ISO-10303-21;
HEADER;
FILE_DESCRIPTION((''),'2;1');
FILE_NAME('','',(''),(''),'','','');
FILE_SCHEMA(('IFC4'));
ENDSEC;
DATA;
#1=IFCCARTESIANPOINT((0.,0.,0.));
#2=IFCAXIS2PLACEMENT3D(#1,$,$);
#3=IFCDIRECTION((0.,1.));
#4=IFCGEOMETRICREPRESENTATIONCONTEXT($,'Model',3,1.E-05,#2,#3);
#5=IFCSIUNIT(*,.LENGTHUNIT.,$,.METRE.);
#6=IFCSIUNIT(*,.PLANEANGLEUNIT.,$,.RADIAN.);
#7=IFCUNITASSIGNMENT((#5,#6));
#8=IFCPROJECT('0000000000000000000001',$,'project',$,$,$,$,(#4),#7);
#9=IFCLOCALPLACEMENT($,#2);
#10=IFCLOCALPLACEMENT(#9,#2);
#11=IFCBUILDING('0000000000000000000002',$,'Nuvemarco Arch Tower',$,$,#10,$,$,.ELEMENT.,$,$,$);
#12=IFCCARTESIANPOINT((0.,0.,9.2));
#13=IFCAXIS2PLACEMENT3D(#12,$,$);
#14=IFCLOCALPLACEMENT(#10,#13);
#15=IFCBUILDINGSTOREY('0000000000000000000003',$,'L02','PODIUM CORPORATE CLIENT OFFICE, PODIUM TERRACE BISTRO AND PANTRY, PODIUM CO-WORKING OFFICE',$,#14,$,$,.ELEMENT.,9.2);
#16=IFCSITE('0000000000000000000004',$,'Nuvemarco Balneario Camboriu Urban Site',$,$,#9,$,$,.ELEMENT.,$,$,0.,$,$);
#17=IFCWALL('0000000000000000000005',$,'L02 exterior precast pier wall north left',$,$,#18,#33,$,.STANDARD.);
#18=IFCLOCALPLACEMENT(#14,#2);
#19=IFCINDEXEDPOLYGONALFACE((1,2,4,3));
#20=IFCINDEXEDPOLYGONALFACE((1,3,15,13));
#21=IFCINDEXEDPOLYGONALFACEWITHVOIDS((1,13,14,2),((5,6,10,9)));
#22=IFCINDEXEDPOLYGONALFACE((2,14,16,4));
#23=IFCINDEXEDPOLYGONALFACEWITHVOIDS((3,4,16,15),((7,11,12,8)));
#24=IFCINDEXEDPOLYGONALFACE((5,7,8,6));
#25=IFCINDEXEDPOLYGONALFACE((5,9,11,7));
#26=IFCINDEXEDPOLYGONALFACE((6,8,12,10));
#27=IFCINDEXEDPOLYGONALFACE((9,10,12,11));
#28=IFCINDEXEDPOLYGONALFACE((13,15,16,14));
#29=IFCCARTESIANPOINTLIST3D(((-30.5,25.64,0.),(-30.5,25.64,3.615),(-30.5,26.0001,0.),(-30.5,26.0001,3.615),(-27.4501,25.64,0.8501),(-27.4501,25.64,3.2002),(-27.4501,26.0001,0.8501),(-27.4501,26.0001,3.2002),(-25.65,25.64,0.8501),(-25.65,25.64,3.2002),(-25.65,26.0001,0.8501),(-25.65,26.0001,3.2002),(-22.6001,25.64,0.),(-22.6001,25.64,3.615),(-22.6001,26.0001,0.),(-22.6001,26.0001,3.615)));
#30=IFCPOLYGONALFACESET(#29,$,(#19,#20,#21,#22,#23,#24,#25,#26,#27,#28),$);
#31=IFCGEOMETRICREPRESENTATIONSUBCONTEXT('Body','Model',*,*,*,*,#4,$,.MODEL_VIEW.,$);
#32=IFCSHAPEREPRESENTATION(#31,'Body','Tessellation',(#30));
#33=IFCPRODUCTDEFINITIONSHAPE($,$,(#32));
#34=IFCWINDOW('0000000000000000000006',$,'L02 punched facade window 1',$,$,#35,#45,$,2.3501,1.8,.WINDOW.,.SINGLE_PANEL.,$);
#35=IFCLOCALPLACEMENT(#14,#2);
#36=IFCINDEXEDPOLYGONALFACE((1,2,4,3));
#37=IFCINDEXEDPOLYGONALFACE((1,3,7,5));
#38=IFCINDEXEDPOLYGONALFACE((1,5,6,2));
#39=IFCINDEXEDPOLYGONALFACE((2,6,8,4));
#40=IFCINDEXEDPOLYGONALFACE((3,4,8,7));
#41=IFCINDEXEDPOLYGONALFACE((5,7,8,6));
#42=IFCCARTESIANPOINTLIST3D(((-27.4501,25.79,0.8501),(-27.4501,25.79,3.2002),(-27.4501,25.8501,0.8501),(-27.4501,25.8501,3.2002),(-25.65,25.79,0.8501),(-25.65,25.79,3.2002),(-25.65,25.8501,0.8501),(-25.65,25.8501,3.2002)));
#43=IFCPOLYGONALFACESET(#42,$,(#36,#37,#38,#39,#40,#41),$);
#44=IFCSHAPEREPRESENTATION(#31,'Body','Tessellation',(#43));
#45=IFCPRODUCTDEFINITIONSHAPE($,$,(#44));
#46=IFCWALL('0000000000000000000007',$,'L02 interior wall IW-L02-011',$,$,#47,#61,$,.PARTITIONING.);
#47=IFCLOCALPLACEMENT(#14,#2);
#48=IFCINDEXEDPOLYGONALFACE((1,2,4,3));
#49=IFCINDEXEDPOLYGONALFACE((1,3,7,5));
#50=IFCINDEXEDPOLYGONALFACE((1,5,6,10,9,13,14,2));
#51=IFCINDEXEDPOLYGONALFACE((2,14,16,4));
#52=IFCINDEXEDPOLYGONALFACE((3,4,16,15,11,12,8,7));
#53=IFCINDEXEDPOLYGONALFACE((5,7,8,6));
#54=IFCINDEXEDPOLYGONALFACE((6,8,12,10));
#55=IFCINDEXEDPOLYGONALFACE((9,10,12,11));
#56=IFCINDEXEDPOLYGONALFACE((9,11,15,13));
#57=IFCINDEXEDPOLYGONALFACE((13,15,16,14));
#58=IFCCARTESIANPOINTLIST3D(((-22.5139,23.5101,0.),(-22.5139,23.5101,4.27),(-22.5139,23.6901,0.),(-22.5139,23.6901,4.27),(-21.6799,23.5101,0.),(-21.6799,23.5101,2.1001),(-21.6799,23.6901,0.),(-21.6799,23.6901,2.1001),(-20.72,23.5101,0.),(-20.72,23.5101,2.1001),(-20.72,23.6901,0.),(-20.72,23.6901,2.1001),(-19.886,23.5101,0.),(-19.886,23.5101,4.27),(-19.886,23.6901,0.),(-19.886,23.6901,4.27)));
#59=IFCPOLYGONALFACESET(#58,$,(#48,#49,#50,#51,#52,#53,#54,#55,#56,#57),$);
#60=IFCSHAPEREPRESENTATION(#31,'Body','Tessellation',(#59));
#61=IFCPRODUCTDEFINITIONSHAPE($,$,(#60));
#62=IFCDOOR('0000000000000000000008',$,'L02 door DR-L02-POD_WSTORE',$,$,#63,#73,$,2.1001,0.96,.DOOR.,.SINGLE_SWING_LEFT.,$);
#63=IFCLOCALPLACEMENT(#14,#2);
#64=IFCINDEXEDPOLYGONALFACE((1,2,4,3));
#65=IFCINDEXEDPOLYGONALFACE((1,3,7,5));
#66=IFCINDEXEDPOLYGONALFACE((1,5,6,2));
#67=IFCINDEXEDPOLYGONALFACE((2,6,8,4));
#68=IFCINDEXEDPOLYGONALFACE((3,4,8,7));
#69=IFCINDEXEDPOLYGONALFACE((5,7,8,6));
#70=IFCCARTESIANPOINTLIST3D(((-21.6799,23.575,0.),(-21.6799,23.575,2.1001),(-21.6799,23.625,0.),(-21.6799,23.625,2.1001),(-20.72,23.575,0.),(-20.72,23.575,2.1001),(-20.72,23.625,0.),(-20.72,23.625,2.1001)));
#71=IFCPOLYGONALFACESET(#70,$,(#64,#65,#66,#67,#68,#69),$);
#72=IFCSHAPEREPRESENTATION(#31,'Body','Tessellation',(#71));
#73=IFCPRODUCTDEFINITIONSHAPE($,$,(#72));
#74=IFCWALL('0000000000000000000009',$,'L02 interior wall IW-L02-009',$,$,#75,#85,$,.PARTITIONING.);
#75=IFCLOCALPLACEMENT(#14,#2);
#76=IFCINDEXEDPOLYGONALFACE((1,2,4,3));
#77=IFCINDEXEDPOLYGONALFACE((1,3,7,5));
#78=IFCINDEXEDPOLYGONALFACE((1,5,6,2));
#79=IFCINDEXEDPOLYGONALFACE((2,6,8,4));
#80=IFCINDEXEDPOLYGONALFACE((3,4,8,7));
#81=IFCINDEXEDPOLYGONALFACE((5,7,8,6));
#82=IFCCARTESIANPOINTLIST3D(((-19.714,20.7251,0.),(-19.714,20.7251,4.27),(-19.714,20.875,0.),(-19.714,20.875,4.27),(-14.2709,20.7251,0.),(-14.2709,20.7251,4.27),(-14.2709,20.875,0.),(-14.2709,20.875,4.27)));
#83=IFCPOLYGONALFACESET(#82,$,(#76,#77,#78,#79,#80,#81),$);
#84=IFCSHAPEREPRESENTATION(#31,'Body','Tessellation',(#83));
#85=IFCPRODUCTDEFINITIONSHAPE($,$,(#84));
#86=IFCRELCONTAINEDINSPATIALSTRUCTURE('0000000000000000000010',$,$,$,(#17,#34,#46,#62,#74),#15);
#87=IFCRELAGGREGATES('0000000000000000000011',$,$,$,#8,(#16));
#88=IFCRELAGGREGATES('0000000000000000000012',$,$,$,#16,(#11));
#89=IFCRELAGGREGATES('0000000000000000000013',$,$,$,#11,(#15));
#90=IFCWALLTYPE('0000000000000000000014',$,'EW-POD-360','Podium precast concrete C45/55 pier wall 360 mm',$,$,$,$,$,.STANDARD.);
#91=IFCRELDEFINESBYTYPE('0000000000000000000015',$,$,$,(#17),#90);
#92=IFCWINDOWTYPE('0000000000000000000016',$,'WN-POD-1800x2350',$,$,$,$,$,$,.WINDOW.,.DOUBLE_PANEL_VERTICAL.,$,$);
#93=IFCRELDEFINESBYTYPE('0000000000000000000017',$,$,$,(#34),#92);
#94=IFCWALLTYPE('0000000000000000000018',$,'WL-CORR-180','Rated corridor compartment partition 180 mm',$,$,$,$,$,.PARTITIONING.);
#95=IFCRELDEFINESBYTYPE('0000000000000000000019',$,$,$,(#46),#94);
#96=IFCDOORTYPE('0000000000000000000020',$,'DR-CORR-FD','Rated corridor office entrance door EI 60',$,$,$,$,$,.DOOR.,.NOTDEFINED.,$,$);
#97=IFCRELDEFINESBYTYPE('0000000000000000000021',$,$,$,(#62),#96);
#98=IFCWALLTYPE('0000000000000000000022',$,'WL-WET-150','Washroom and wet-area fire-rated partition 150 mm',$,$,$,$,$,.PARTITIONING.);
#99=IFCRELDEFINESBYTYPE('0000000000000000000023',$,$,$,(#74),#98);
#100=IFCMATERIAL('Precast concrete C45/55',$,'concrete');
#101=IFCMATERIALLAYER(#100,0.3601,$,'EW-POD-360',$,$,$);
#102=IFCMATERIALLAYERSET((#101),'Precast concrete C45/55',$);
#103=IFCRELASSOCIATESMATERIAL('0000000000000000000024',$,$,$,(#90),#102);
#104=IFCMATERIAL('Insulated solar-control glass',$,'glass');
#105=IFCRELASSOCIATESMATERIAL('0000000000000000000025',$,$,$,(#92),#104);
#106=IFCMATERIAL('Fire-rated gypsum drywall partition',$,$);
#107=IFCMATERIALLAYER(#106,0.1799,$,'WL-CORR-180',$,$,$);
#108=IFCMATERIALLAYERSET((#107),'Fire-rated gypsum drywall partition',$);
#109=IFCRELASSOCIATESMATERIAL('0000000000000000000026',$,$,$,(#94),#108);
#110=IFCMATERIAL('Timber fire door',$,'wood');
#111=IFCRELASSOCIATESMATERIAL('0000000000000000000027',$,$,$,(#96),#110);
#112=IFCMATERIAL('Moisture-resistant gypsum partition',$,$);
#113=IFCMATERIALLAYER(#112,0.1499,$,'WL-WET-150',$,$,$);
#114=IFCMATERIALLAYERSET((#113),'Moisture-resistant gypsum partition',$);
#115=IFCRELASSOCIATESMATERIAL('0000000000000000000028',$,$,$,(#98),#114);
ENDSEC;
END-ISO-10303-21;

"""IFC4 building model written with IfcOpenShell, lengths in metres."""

from ifc_helpers import new_model, si_unit, direction, frame, frame_2d, origin, place, context, subcontext, project, spatial, rectangle, extrude, source, transform, mapped, material, layer, layer_set, type_object, type_shapes, element, fill, save


model = new_model("IFC4")

# Units and contexts
model_context = context("Model", 3, precision=1e-05, world=origin(), true_north=direction((0.0, 1.0)))
body_context = subcontext(model_context, "Body", "Model", "MODEL_VIEW")
ifc_project = project(units=[si_unit("LENGTHUNIT", "METRE"), si_unit("PLANEANGLEUNIT", "RADIAN")], contexts=[model_context])

# Site, building, storey
site_placement = place(None, origin())
site = spatial("IfcSite", under=ifc_project, at=site_placement, Name="Nuvemarco Balneario Camboriu Urban Site", CompositionType="ELEMENT", RefElevation=0.0)
building_placement = place(site_placement, origin())
building = spatial("IfcBuilding", under=site, at=building_placement, Name="Nuvemarco Arch Tower", CompositionType="ELEMENT")
storey_placement = place(building_placement, frame((0.0, 0.0, 9.2)))
storey = spatial("IfcBuildingStorey", under=building, at=storey_placement, Name="L02", Description="PODIUM CORPORATE CLIENT OFFICE, PODIUM TERRACE BISTRO AND PANTRY, PODIUM CO-WORKING OFFICE", CompositionType="ELEMENT", Elevation=9.2)

# Shared definitions
ifc_material_1 = material(Name="Precast concrete C45/55", Category="concrete")

# Shared definitions
ifc_material_2 = material(Name="Insulated solar-control glass", Category="glass")

# Wall, opening, window
ifc_layer_1 = layer(ifc_material_1, 0.3601, Name="EW-POD-360")
ifc_layer_set_1 = layer_set([ifc_layer_1], Name="Precast concrete C45/55")
wall_type_1 = type_object("IfcWallType", Name="EW-POD-360", Description="Podium precast concrete C45/55 pier wall 360 mm", PredefinedType="STANDARD", material=ifc_layer_set_1)
wall_1_placement = place(storey_placement, frame((-30.5, 25.8201, 0.0), z_axis=(0.0, 0.0, 1.0), x_axis=(1.0, 0.0, 0.0)))
wall_1 = element("IfcWall", 1, at=wall_1_placement, inside=storey, type_object=wall_type_1, Name="L02 exterior precast pier wall north left", PredefinedType="STANDARD", context=body_context, shape_type="SweptSolid", body=[
    extrude(rectangle(XDim=7.8999, YDim=0.3601, at=frame_2d((3.95, 0.0))), origin(), (0.0, 0.0, 1.0), 3.615),
])
opening_1_placement = place(wall_1_placement, frame((3.05, 0.0, 0.8501)))
opening_1 = element("IfcOpeningElement", 2, at=opening_1_placement, cuts=wall_1, PredefinedType="OPENING", context=body_context, shape_type="SweptSolid", body=[
    extrude(rectangle(XDim=1.8, YDim=2.3501, at=frame_2d((0.8999, 1.175))), frame((0.0, 0.1899, 0.0), z_axis=(0.0, -1.0, 0.0), x_axis=(1.0, 0.0, 0.0)), (0.0, 0.0, 1.0), 0.3801),
])
window_type = type_object("IfcWindowType", Name="WN-POD-1800x2350", PartitioningType="DOUBLE_PANEL_VERTICAL", PredefinedType="WINDOW", material=ifc_material_2)
shared_shape_1 = source(origin(), body_context, "Body", "SweptSolid", [
    extrude(rectangle(XDim=1.8, YDim=2.3501, at=frame_2d((0.8999, 1.175))), frame((0.0, 0.03, 0.0), z_axis=(0.0, -1.0, 0.0), x_axis=(1.0, 0.0, 0.0)), (0.0, 0.0, 1.0), 0.0601),
])
type_shapes(window_type, [shared_shape_1])
window_placement = place(opening_1_placement, origin())
window = element("IfcWindow", 3, at=window_placement, inside=storey, type_object=window_type, Name="L02 punched facade window 1", OverallHeight=2.3501, OverallWidth=1.8, PartitioningType="SINGLE_PANEL", PredefinedType="WINDOW", context=body_context, shape_type="MappedRepresentation", body=[
    mapped(shared_shape_1, transform((0.0, 0.0, 0.0), scale=1.0)),
])
fill(opening_1, window)

# Wall, opening, door
ifc_material_3 = material(Name="Fire-rated gypsum drywall partition")
ifc_layer_2 = layer(ifc_material_3, 0.1799, Name="WL-CORR-180")
ifc_layer_set_2 = layer_set([ifc_layer_2], Name="Fire-rated gypsum drywall partition")
wall_type_2 = type_object("IfcWallType", Name="WL-CORR-180", Description="Rated corridor compartment partition 180 mm", PredefinedType="PARTITIONING", material=ifc_layer_set_2)
wall_2_placement = place(storey_placement, frame((-22.5139, 23.6001, 0.0), z_axis=(0.0, 0.0, 1.0), x_axis=(1.0, 0.0, 0.0)))
wall_2 = element("IfcWall", 4, at=wall_2_placement, inside=storey, type_object=wall_type_2, Name="L02 interior wall IW-L02-011", PredefinedType="PARTITIONING", context=body_context, shape_type="SweptSolid", body=[
    extrude(rectangle(XDim=2.6279, YDim=0.1799, at=frame_2d((1.314, 0.0))), origin(), (0.0, 0.0, 1.0), 4.27),
])
opening_2_placement = place(wall_2_placement, frame((0.834, 0.0, 0.0)))
opening_2 = element("IfcOpeningElement", 5, at=opening_2_placement, cuts=wall_2, PredefinedType="OPENING", context=body_context, shape_type="SweptSolid", body=[
    extrude(rectangle(XDim=0.96, YDim=2.1001, at=frame_2d((0.48, 1.05))), frame((0.0, 0.0999, 0.0), z_axis=(0.0, -1.0, 0.0), x_axis=(1.0, 0.0, 0.0)), (0.0, 0.0, 1.0), 0.2),
])
ifc_material_4 = material(Name="Timber fire door", Category="wood")
door_type = type_object("IfcDoorType", Name="DR-CORR-FD", Description="Rated corridor office entrance door EI 60", OperationType="NOTDEFINED", PredefinedType="DOOR", material=ifc_material_4)
shared_shape_2 = source(origin(), body_context, "Body", "SweptSolid", [
    extrude(rectangle(XDim=0.96, YDim=2.1001, at=frame_2d((0.48, 1.05))), frame((0.0, 0.0249, 0.0), z_axis=(0.0, -1.0, 0.0), x_axis=(1.0, 0.0, 0.0)), (0.0, 0.0, 1.0), 0.05),
])
type_shapes(door_type, [shared_shape_2])
door_placement = place(opening_2_placement, origin())
door = element("IfcDoor", 6, at=door_placement, inside=storey, type_object=door_type, Name="L02 door DR-L02-POD_WSTORE", OperationType="SINGLE_SWING_LEFT", OverallHeight=2.1001, OverallWidth=0.96, PredefinedType="DOOR", context=body_context, shape_type="MappedRepresentation", body=[
    mapped(shared_shape_2, transform((0.0, 0.0, 0.0), scale=1.0)),
])
fill(opening_2, door)

# Wall
ifc_material_5 = material(Name="Moisture-resistant gypsum partition")
ifc_layer_3 = layer(ifc_material_5, 0.1499, Name="WL-WET-150")
ifc_layer_set_3 = layer_set([ifc_layer_3], Name="Moisture-resistant gypsum partition")
wall_type_3 = type_object("IfcWallType", Name="WL-WET-150", Description="Washroom and wet-area fire-rated partition 150 mm", PredefinedType="PARTITIONING", material=ifc_layer_set_3)
wall_3_placement = place(storey_placement, frame((-19.7141, 20.8, 0.0), z_axis=(0.0, 0.0, 1.0), x_axis=(1.0, 0.0, 0.0)))
element("IfcWall", 7, at=wall_3_placement, inside=storey, type_object=wall_type_3, Name="L02 interior wall IW-L02-009", PredefinedType="PARTITIONING", context=body_context, shape_type="SweptSolid", body=[
    extrude(rectangle(XDim=5.4431, YDim=0.1499, at=frame_2d((2.7217, 0.0))), origin(), (0.0, 0.0, 1.0), 4.27),
])

save(model, "model.ifc")
